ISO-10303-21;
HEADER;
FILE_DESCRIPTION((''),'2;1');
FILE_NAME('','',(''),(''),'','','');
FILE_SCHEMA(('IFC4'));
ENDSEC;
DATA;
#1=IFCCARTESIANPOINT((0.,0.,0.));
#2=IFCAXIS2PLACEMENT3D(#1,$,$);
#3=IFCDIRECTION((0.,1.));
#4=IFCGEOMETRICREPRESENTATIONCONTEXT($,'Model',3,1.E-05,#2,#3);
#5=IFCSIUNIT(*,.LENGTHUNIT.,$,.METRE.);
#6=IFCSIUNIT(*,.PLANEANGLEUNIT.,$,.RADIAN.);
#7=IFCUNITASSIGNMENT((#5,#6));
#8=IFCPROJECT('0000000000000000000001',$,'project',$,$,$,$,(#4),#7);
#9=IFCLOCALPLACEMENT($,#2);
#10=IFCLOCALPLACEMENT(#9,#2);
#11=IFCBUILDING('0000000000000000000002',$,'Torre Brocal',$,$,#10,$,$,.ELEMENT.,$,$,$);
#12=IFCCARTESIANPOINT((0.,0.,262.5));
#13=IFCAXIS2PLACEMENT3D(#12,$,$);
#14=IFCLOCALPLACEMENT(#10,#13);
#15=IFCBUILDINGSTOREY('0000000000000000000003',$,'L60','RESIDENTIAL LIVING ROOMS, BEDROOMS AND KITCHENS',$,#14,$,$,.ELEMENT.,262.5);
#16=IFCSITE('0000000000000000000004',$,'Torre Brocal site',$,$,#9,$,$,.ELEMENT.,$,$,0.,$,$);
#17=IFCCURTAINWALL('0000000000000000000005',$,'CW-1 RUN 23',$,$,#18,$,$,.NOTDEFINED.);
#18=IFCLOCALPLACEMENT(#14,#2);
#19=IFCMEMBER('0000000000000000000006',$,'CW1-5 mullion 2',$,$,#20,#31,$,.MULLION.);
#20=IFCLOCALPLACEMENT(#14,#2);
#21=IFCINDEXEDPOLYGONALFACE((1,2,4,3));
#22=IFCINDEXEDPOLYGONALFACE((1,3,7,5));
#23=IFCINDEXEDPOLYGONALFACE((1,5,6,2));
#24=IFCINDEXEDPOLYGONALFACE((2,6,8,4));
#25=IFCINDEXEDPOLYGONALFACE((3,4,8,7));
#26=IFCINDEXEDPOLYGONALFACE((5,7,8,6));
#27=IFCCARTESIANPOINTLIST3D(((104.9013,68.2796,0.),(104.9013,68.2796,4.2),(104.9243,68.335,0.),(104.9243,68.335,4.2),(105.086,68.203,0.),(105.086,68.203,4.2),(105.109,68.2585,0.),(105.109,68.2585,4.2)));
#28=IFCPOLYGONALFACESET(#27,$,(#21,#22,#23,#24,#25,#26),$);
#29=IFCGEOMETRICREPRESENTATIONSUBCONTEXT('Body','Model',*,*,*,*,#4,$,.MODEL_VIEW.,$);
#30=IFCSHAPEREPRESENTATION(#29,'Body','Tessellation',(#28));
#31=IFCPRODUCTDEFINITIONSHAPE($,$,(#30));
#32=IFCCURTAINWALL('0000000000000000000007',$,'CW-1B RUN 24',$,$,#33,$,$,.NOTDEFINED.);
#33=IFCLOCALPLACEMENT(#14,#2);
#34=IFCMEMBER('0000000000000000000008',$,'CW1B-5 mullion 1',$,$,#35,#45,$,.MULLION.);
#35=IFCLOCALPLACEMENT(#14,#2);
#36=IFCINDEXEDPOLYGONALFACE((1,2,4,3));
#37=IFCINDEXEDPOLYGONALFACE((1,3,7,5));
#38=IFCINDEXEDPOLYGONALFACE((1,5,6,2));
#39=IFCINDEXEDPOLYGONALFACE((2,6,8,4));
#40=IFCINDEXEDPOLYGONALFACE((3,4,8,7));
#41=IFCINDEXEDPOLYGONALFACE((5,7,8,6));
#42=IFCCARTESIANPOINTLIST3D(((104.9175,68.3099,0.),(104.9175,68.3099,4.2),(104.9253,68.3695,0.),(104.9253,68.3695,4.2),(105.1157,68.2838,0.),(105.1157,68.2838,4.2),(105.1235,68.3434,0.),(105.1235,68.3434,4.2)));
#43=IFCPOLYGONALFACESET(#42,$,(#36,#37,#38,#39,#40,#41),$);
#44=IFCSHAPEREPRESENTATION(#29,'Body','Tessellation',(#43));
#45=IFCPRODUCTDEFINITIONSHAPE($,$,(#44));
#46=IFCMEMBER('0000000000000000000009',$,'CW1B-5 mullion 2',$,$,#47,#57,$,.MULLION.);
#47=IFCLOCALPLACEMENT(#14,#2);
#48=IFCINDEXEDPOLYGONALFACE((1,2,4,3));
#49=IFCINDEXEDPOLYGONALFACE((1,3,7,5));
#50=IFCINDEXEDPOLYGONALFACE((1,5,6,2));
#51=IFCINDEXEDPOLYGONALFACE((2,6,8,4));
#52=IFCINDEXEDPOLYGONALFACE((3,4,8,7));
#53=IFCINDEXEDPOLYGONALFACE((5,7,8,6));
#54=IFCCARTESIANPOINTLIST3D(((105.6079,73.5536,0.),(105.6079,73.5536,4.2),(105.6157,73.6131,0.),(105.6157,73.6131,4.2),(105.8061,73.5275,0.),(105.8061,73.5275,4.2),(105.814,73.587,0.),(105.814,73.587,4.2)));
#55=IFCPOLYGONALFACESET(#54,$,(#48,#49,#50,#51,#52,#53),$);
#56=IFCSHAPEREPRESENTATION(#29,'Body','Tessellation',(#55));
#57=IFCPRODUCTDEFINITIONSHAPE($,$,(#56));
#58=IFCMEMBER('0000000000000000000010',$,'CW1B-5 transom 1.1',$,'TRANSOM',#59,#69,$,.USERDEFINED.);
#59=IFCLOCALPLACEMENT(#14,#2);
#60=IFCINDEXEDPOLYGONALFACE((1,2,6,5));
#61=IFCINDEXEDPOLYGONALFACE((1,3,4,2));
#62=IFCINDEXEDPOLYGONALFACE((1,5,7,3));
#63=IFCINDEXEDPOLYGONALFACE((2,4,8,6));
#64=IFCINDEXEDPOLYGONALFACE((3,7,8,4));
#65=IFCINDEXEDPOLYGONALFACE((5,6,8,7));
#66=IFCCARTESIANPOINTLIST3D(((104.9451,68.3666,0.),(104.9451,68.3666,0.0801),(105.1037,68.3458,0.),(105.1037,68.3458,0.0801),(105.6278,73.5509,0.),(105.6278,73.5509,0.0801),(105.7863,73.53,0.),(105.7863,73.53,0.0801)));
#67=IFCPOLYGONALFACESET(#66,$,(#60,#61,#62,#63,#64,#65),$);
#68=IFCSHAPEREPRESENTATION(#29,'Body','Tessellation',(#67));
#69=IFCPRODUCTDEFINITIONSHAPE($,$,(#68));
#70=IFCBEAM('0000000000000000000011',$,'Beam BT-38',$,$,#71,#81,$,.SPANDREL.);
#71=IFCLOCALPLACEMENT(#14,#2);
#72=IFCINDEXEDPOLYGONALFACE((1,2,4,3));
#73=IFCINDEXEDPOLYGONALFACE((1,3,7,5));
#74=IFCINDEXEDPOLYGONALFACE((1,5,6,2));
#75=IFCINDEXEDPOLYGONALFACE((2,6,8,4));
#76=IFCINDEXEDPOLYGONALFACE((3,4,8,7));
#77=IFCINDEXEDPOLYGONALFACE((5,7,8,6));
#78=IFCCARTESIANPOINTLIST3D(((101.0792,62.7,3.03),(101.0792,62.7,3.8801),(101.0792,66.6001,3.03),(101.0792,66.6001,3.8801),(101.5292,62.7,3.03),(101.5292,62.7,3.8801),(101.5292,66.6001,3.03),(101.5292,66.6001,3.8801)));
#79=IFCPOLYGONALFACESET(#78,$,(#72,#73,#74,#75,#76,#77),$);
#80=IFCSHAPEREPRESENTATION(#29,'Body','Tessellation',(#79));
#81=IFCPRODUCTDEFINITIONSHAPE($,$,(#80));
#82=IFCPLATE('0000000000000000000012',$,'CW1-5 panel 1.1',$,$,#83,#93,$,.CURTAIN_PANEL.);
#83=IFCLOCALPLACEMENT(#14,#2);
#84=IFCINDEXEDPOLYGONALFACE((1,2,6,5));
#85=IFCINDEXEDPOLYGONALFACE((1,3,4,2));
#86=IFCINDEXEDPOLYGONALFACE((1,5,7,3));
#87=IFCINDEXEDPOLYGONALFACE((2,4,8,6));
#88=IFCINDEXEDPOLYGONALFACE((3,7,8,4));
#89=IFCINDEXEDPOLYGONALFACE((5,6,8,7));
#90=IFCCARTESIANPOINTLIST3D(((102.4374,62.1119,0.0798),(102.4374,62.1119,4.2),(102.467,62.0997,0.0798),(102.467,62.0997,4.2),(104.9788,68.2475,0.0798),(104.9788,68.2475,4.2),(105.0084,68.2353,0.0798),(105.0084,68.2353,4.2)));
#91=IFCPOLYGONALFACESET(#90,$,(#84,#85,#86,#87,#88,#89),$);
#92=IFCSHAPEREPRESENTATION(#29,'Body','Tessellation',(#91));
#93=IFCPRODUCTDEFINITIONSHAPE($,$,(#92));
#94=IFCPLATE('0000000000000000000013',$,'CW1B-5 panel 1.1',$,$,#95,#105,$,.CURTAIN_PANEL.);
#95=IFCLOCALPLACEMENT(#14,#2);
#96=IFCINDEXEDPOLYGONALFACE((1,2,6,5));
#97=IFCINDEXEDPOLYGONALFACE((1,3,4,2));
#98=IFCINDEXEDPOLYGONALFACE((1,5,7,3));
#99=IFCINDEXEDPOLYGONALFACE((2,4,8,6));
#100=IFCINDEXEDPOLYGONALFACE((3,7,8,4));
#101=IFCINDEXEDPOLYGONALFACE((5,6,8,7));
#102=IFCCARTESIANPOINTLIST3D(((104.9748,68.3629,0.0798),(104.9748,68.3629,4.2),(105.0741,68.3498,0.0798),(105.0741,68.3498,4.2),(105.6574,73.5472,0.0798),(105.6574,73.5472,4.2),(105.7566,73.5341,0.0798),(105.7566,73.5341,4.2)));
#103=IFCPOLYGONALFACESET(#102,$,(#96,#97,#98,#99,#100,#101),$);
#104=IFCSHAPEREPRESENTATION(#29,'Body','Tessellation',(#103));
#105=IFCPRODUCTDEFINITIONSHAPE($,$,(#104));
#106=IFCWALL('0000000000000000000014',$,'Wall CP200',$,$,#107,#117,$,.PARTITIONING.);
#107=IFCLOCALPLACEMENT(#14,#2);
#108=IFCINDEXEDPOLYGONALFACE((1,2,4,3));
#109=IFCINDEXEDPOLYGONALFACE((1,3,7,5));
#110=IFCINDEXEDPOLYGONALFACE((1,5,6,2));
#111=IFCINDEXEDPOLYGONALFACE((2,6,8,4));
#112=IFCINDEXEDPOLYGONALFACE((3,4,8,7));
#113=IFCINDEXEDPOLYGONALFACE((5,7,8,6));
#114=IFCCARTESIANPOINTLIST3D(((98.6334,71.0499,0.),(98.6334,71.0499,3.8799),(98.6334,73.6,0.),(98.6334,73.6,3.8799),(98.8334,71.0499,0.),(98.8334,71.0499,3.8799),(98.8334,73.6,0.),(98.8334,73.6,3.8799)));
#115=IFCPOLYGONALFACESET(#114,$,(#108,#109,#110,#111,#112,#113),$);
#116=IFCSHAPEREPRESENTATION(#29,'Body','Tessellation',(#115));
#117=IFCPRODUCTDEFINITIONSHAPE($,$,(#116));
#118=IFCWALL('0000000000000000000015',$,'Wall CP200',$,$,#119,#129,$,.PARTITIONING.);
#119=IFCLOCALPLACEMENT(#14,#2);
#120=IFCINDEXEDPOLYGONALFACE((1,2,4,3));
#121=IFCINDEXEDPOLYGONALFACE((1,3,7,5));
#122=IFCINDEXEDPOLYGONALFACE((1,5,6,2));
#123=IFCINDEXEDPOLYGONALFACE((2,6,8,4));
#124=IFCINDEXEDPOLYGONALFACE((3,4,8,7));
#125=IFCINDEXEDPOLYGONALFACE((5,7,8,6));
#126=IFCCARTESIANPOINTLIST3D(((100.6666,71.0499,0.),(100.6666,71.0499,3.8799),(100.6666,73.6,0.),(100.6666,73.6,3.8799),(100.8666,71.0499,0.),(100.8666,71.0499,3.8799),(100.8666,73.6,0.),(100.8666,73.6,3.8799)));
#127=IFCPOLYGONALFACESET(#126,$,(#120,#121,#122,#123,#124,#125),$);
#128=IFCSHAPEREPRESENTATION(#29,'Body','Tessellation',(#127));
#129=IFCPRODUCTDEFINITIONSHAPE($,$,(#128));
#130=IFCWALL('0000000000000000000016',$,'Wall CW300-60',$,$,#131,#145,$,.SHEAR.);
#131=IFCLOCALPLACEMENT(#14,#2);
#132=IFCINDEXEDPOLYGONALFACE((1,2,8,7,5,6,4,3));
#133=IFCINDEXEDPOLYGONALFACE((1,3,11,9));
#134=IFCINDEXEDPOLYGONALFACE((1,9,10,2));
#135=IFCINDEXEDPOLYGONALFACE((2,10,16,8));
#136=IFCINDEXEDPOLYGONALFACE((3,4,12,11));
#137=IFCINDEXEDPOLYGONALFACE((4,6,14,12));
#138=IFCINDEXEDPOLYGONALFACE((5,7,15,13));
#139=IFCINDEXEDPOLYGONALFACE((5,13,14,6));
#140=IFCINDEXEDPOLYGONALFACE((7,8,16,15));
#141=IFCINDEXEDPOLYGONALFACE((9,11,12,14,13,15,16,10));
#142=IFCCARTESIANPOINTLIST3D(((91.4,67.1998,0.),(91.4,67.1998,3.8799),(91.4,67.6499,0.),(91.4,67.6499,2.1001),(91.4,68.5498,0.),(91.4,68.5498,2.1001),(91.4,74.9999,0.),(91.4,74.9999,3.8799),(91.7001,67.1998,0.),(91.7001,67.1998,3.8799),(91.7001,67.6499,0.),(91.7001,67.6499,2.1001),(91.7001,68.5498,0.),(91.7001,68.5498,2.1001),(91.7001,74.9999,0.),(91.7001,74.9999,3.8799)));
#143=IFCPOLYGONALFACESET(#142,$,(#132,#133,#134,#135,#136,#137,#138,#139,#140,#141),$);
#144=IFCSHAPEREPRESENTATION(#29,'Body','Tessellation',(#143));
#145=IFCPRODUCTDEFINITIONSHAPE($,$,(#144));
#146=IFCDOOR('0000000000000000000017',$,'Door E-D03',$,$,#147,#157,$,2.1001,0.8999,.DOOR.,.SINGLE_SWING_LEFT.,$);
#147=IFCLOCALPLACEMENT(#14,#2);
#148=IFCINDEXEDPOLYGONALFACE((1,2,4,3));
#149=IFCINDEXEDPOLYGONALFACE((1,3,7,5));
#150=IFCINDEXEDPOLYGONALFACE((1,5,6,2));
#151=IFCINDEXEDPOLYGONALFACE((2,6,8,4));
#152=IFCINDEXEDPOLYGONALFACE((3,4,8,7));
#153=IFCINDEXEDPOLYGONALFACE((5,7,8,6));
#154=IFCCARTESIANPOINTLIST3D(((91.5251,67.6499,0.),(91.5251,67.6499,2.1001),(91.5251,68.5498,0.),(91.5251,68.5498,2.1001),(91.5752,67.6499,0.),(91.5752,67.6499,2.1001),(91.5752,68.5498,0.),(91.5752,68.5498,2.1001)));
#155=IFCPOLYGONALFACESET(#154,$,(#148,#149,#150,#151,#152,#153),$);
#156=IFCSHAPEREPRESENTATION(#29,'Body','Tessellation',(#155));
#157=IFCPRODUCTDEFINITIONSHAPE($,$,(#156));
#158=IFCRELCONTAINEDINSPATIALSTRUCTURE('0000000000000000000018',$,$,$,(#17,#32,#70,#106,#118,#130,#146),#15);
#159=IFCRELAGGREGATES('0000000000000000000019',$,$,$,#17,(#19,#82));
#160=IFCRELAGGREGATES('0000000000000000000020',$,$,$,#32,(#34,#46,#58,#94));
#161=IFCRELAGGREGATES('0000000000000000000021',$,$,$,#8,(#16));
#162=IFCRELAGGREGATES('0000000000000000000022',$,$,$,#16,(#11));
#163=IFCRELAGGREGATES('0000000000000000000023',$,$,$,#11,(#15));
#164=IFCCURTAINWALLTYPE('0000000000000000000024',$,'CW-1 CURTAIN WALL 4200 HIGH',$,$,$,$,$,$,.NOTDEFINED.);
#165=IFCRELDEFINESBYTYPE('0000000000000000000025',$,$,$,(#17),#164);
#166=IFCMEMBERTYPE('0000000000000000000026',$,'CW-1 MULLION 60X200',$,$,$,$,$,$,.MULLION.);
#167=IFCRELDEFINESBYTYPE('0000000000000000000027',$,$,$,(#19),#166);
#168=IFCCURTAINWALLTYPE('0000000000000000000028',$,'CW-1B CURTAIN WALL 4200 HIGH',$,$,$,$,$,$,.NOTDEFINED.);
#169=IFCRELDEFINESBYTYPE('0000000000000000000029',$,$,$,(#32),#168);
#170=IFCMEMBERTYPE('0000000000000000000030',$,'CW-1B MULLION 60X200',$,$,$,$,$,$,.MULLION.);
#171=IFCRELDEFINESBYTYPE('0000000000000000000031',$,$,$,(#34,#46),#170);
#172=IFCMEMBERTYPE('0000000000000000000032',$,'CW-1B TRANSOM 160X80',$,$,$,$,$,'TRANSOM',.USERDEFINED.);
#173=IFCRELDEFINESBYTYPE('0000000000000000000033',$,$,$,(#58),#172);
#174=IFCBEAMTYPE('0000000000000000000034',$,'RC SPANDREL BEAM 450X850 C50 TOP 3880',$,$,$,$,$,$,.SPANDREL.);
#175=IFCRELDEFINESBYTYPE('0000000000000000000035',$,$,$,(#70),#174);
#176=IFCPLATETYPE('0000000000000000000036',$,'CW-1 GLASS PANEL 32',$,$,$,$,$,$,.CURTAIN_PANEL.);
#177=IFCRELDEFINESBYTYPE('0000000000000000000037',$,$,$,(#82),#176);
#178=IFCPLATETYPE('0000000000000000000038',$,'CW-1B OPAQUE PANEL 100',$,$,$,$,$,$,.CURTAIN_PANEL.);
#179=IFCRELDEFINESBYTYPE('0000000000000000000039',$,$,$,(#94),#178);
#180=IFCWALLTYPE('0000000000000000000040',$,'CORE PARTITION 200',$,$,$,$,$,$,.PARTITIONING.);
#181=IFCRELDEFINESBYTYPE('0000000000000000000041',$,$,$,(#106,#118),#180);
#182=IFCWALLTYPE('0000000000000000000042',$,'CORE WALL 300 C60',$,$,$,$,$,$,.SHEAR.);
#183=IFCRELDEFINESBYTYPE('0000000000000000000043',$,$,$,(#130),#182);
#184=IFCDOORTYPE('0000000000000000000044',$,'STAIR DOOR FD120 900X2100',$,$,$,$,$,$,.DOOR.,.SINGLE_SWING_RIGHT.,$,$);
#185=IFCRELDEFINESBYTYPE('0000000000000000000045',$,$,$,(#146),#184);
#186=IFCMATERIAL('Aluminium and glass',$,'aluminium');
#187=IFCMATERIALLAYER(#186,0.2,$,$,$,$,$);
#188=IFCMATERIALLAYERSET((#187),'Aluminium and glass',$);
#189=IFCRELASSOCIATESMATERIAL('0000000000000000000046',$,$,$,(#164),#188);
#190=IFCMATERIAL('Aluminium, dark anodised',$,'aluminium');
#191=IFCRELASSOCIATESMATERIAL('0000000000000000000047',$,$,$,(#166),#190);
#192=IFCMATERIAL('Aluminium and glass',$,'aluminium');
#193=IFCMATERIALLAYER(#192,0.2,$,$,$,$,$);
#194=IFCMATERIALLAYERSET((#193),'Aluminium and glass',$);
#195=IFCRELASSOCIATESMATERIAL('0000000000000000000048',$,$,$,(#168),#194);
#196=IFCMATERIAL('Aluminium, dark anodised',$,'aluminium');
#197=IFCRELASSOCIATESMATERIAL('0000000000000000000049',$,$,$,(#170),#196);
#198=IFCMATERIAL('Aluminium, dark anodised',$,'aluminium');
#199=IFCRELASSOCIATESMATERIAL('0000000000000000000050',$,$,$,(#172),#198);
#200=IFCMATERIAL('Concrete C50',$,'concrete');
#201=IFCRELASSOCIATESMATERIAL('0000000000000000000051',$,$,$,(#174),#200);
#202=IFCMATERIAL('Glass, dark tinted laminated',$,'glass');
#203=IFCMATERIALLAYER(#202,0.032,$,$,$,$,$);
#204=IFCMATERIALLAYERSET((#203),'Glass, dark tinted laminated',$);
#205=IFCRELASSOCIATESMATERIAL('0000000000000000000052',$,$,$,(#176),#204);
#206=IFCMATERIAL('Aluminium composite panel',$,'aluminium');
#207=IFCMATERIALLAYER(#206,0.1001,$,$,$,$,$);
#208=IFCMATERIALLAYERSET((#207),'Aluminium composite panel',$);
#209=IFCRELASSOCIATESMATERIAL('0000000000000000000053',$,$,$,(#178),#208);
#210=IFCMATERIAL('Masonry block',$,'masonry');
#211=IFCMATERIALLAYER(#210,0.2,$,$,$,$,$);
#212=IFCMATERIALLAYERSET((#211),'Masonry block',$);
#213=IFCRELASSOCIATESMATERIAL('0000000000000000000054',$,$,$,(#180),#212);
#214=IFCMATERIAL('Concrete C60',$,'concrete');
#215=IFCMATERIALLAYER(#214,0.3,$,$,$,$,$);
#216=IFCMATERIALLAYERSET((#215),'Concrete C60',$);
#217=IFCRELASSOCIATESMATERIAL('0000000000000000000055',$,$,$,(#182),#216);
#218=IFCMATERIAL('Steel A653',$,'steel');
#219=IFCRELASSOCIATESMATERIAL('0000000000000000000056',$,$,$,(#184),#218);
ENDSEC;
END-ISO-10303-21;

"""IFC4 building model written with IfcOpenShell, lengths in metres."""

from ifc_helpers import new_model, si_unit, direction, frame, frame_2d, origin, origin_2d, place, context, subcontext, project, spatial, rectangle, extrude, material, layer, layer_set, material_profile, profile_set, type_object, element, fill, aggregate, save


model = new_model("IFC4")

# Units and contexts
model_context = context("Model", 3, precision=1e-05, world=origin(), true_north=direction((0.0, 1.0)))
body_context = subcontext(model_context, "Body", "Model", "MODEL_VIEW")
ifc_project = project(units=[si_unit("LENGTHUNIT", "METRE"), si_unit("PLANEANGLEUNIT", "RADIAN")], contexts=[model_context])

# Site, building, storey
site_placement = place(None, origin())
site = spatial("IfcSite", under=ifc_project, at=site_placement, Name="Torre Brocal site", CompositionType="ELEMENT", RefElevation=0.0)
building_placement = place(site_placement, origin())
building = spatial("IfcBuilding", under=site, at=building_placement, Name="Torre Brocal", CompositionType="ELEMENT")
storey_placement = place(building_placement, frame((0.0, 0.0, 262.5)))
storey = spatial("IfcBuildingStorey", under=building, at=storey_placement, Name="L60", Description="RESIDENTIAL LIVING ROOMS, BEDROOMS AND KITCHENS", CompositionType="ELEMENT", Elevation=262.5)

# Curtain wall, member
ifc_material_1 = material(Name="Aluminium and glass", Category="aluminium")
ifc_layer_1 = layer(ifc_material_1, 0.2)
ifc_layer_set_1 = layer_set([ifc_layer_1], Name="Aluminium and glass")
curtain_wall_type_1 = type_object("IfcCurtainWallType", Name="CW-1 CURTAIN WALL 4200 HIGH", PredefinedType="NOTDEFINED", material=ifc_layer_set_1)
curtain_wall_1_placement = place(storey_placement, origin())
curtain_wall_1 = element("IfcCurtainWall", 1, at=curtain_wall_1_placement, inside=storey, type_object=curtain_wall_type_1, Name="CW-1 RUN 23", PredefinedType="NOTDEFINED")
ifc_material_2 = material(Name="Aluminium, dark anodised", Category="aluminium")
ifc_material_profile_1 = material_profile(ifc_material_2, rectangle(XDim=0.2, YDim=0.0601, at=origin_2d()), Name="CW-1 MULLION 60X200")
ifc_profile_set_1 = profile_set([ifc_material_profile_1], Name="Aluminium, dark anodised")
member_type_1 = type_object("IfcMemberType", Name="CW-1 MULLION 60X200", PredefinedType="MULLION", material=ifc_profile_set_1)
member_1_placement = place(storey_placement, frame((105.0051, 68.269, 0.0), z_axis=(0.0, 0.0, 1.0), x_axis=(-0.92388, 0.382683, 0.0)))
member_1 = element("IfcMember", 2, at=member_1_placement, type_object=member_type_1, Name="CW1-5 mullion 2", PredefinedType="MULLION", context=body_context, shape_type="SweptSolid", body=[
    extrude(rectangle(XDim=0.2, YDim=0.0601, at=origin_2d()), origin(), (0.0, 0.0, 1.0), 4.2),
])

# Curtain wall, members
ifc_material_3 = material(Name="Aluminium and glass", Category="aluminium")
ifc_layer_2 = layer(ifc_material_3, 0.2)
ifc_layer_set_2 = layer_set([ifc_layer_2], Name="Aluminium and glass")
curtain_wall_type_2 = type_object("IfcCurtainWallType", Name="CW-1B CURTAIN WALL 4200 HIGH", PredefinedType="NOTDEFINED", material=ifc_layer_set_2)
curtain_wall_2_placement = place(storey_placement, origin())
curtain_wall_2 = element("IfcCurtainWall", 3, at=curtain_wall_2_placement, inside=storey, type_object=curtain_wall_type_2, Name="CW-1B RUN 24", PredefinedType="NOTDEFINED")
ifc_material_4 = material(Name="Aluminium, dark anodised", Category="aluminium")
ifc_material_profile_2 = material_profile(ifc_material_4, rectangle(XDim=0.2, YDim=0.0601, at=origin_2d()), Name="CW-1B MULLION 60X200")
ifc_profile_set_2 = profile_set([ifc_material_profile_2], Name="Aluminium, dark anodised")
member_type_2 = type_object("IfcMemberType", Name="CW-1B MULLION 60X200", PredefinedType="MULLION", material=ifc_profile_set_2)
member_2_placement = place(storey_placement, frame((105.0205, 68.3267, 0.0), z_axis=(0.0, 0.0, 1.0), x_axis=(-0.991445, 0.130526, 0.0)))
member_2 = element("IfcMember", 4, at=member_2_placement, type_object=member_type_2, Name="CW1B-5 mullion 1", PredefinedType="MULLION", context=body_context, shape_type="SweptSolid", body=[
    extrude(rectangle(XDim=0.2, YDim=0.0601, at=origin_2d()), origin(), (0.0, 0.0, 1.0), 4.2),
])
member_3_placement = place(storey_placement, frame((105.7109, 73.5703, 0.0), z_axis=(0.0, 0.0, 1.0), x_axis=(-0.991445, 0.130526, 0.0)))
member_3 = element("IfcMember", 5, at=member_3_placement, type_object=member_type_2, Name="CW1B-5 mullion 2", PredefinedType="MULLION", context=body_context, shape_type="SweptSolid", body=[
    extrude(rectangle(XDim=0.2, YDim=0.0601, at=origin_2d()), origin(), (0.0, 0.0, 1.0), 4.2),
])
ifc_material_5 = material(Name="Aluminium, dark anodised", Category="aluminium")
ifc_material_profile_3 = material_profile(ifc_material_5, rectangle(XDim=0.1599, YDim=0.0801, at=origin_2d()), Name="CW-1B TRANSOM 160X80")
ifc_profile_set_3 = profile_set([ifc_material_profile_3], Name="Aluminium, dark anodised")
member_type_3 = type_object("IfcMemberType", Name="CW-1B TRANSOM 160X80", ElementType="TRANSOM", PredefinedType="USERDEFINED", material=ifc_profile_set_3)
member_4_placement = place(storey_placement, frame((105.0244, 68.3562, 0.04), z_axis=(0.130543, 0.991443, 0.0), x_axis=(-0.991443, 0.130543, 0.0)))
member_4 = element("IfcMember", 6, at=member_4_placement, type_object=member_type_3, Name="CW1B-5 transom 1.1", ObjectType="TRANSOM", PredefinedType="USERDEFINED", context=body_context, shape_type="SweptSolid", body=[
    extrude(rectangle(XDim=0.1599, YDim=0.0801, at=origin_2d()), origin(), (0.0, 0.0, 1.0), 5.229),
])

# Beam
ifc_material_6 = material(Name="Concrete C50", Category="concrete")
ifc_material_profile_4 = material_profile(ifc_material_6, rectangle(XDim=0.45, YDim=0.8501, at=origin_2d()), Name="RC 450X850")
ifc_profile_set_4 = profile_set([ifc_material_profile_4], Name="Concrete C50")
beam_type = type_object("IfcBeamType", Name="RC SPANDREL BEAM 450X850 C50 TOP 3880", PredefinedType="SPANDREL", material=ifc_profile_set_4)
beam_placement = place(storey_placement, frame((101.3042, 62.7, 3.4551), z_axis=(0.0, 1.0, 0.0), x_axis=(-1.0, 0.0, 0.0)))
element("IfcBeam", 7, at=beam_placement, inside=storey, type_object=beam_type, Name="Beam BT-38", PredefinedType="SPANDREL", context=body_context, shape_type="SweptSolid", body=[
    extrude(rectangle(XDim=0.45, YDim=0.8501, at=origin_2d()), origin(), (0.0, 0.0, 1.0), 3.9001),
])

# Plates
ifc_material_7 = material(Name="Glass, dark tinted laminated", Category="glass")
ifc_layer_3 = layer(ifc_material_7, 0.032)
ifc_layer_set_3 = layer_set([ifc_layer_3], Name="Glass, dark tinted laminated")
plate_type_1 = type_object("IfcPlateType", Name="CW-1 GLASS PANEL 32", PredefinedType="CURTAIN_PANEL", material=ifc_layer_set_3)
plate_1_placement = place(storey_placement, frame((103.7229, 65.1736, 0.0798), z_axis=(0.0, 0.0, 1.0), x_axis=(0.382683, 0.92388, 0.0)))
plate_1 = element("IfcPlate", 8, at=plate_1_placement, type_object=plate_type_1, Name="CW1-5 panel 1.1", PredefinedType="CURTAIN_PANEL", context=body_context, shape_type="SweptSolid", body=[
    extrude(rectangle(XDim=6.6411, YDim=0.032, at=origin_2d()), origin(), (0.0, 0.0, 1.0), 4.1201),
])
aggregate(curtain_wall_1, [member_1, plate_1])
ifc_material_8 = material(Name="Aluminium composite panel", Category="aluminium")
ifc_layer_4 = layer(ifc_material_8, 0.1001)
ifc_layer_set_4 = layer_set([ifc_layer_4], Name="Aluminium composite panel")
plate_type_2 = type_object("IfcPlateType", Name="CW-1B OPAQUE PANEL 100", PredefinedType="CURTAIN_PANEL", material=ifc_layer_set_4)
plate_2_placement = place(storey_placement, frame((105.3657, 70.9485, 0.0798), z_axis=(0.0, 0.0, 1.0), x_axis=(0.130526, 0.991445, 0.0)))
plate_2 = element("IfcPlate", 9, at=plate_2_placement, type_object=plate_type_2, Name="CW1B-5 panel 1.1", PredefinedType="CURTAIN_PANEL", context=body_context, shape_type="SweptSolid", body=[
    extrude(rectangle(XDim=5.229, YDim=0.1001, at=origin_2d()), origin(), (0.0, 0.0, 1.0), 4.1201),
])
aggregate(curtain_wall_2, [member_2, member_3, member_4, plate_2])

# Walls
ifc_material_9 = material(Name="Masonry block", Category="masonry")
ifc_layer_5 = layer(ifc_material_9, 0.2)
ifc_layer_set_5 = layer_set([ifc_layer_5], Name="Masonry block")
wall_type_1 = type_object("IfcWallType", Name="CORE PARTITION 200", PredefinedType="PARTITIONING", material=ifc_layer_set_5)
for number, where, z_axis, x_axis, name in (
    (10, (98.7334, 71.05, 0.0), (0.0, 0.0, 1.0), (0.0, 1.0, 0.0), "Wall CP200"),
    (11, (100.7666, 71.05, 0.0), (0.0, 0.0, 1.0), (0.0, 1.0, 0.0), "Wall CP200"),
):
    element("IfcWall", number, at=place(storey_placement, frame(where, z_axis=z_axis, x_axis=x_axis)), inside=storey, type_object=wall_type_1, Name=name, PredefinedType="PARTITIONING", context=body_context, shape_type="SweptSolid", body=[
        extrude(rectangle(XDim=2.55, YDim=0.2, at=frame_2d((1.2749, 0.0))), origin(), (0.0, 0.0, 1.0), 3.8799),
    ])

# Wall, opening, door
ifc_material_10 = material(Name="Concrete C60", Category="concrete")
ifc_layer_6 = layer(ifc_material_10, 0.3)
ifc_layer_set_6 = layer_set([ifc_layer_6], Name="Concrete C60")
wall_type_2 = type_object("IfcWallType", Name="CORE WALL 300 C60", PredefinedType="SHEAR", material=ifc_layer_set_6)
wall_1_placement = place(storey_placement, frame((91.55, 67.2, 0.0), z_axis=(0.0, 0.0, 1.0), x_axis=(0.0, 1.0, 0.0)))
wall_1 = element("IfcWall", 12, at=wall_1_placement, inside=storey, type_object=wall_type_2, Name="Wall CW300-60", PredefinedType="SHEAR", context=body_context, shape_type="SweptSolid", body=[
    extrude(rectangle(XDim=7.8, YDim=0.3, at=frame_2d((3.8999, 0.0))), origin(), (0.0, 0.0, 1.0), 3.8799),
])
opening_1_placement = place(wall_1_placement, frame((0.45, 0.0, 0.0)))
opening_1 = element("IfcOpeningElement", 13, at=opening_1_placement, cuts=wall_1, PredefinedType="OPENING", context=body_context, shape_type="SweptSolid", body=[
    extrude(rectangle(XDim=0.8999, YDim=2.1001, at=frame_2d((0.45, 1.05))), frame((0.0, 0.1599, 0.0), z_axis=(0.0, -1.0, 0.0), x_axis=(1.0, 0.0, 0.0)), (0.0, 0.0, 1.0), 0.3201),
])
ifc_material_11 = material(Name="Steel A653", Category="steel")
door_type_1 = type_object("IfcDoorType", Name="STAIR DOOR FD120 900X2100", OperationType="SINGLE_SWING_RIGHT", PredefinedType="DOOR", material=ifc_material_11)
door_1_placement = place(opening_1_placement, origin())
door_1 = element("IfcDoor", 14, at=door_1_placement, inside=storey, type_object=door_type_1, Name="Door E-D03", OperationType="SINGLE_SWING_LEFT", OverallHeight=2.1001, OverallWidth=0.8999, PredefinedType="DOOR", context=body_context, shape_type="SweptSolid", body=[
    extrude(rectangle(XDim=0.8999, YDim=2.1001, at=frame_2d((0.45, 1.05))), frame((0.0, 0.0249, 0.0), z_axis=(0.0, -1.0, 0.0), x_axis=(1.0, 0.0, 0.0)), (0.0, 0.0, 1.0), 0.05),
])
fill(opening_1, door_1)

save(model, "model.ifc")
